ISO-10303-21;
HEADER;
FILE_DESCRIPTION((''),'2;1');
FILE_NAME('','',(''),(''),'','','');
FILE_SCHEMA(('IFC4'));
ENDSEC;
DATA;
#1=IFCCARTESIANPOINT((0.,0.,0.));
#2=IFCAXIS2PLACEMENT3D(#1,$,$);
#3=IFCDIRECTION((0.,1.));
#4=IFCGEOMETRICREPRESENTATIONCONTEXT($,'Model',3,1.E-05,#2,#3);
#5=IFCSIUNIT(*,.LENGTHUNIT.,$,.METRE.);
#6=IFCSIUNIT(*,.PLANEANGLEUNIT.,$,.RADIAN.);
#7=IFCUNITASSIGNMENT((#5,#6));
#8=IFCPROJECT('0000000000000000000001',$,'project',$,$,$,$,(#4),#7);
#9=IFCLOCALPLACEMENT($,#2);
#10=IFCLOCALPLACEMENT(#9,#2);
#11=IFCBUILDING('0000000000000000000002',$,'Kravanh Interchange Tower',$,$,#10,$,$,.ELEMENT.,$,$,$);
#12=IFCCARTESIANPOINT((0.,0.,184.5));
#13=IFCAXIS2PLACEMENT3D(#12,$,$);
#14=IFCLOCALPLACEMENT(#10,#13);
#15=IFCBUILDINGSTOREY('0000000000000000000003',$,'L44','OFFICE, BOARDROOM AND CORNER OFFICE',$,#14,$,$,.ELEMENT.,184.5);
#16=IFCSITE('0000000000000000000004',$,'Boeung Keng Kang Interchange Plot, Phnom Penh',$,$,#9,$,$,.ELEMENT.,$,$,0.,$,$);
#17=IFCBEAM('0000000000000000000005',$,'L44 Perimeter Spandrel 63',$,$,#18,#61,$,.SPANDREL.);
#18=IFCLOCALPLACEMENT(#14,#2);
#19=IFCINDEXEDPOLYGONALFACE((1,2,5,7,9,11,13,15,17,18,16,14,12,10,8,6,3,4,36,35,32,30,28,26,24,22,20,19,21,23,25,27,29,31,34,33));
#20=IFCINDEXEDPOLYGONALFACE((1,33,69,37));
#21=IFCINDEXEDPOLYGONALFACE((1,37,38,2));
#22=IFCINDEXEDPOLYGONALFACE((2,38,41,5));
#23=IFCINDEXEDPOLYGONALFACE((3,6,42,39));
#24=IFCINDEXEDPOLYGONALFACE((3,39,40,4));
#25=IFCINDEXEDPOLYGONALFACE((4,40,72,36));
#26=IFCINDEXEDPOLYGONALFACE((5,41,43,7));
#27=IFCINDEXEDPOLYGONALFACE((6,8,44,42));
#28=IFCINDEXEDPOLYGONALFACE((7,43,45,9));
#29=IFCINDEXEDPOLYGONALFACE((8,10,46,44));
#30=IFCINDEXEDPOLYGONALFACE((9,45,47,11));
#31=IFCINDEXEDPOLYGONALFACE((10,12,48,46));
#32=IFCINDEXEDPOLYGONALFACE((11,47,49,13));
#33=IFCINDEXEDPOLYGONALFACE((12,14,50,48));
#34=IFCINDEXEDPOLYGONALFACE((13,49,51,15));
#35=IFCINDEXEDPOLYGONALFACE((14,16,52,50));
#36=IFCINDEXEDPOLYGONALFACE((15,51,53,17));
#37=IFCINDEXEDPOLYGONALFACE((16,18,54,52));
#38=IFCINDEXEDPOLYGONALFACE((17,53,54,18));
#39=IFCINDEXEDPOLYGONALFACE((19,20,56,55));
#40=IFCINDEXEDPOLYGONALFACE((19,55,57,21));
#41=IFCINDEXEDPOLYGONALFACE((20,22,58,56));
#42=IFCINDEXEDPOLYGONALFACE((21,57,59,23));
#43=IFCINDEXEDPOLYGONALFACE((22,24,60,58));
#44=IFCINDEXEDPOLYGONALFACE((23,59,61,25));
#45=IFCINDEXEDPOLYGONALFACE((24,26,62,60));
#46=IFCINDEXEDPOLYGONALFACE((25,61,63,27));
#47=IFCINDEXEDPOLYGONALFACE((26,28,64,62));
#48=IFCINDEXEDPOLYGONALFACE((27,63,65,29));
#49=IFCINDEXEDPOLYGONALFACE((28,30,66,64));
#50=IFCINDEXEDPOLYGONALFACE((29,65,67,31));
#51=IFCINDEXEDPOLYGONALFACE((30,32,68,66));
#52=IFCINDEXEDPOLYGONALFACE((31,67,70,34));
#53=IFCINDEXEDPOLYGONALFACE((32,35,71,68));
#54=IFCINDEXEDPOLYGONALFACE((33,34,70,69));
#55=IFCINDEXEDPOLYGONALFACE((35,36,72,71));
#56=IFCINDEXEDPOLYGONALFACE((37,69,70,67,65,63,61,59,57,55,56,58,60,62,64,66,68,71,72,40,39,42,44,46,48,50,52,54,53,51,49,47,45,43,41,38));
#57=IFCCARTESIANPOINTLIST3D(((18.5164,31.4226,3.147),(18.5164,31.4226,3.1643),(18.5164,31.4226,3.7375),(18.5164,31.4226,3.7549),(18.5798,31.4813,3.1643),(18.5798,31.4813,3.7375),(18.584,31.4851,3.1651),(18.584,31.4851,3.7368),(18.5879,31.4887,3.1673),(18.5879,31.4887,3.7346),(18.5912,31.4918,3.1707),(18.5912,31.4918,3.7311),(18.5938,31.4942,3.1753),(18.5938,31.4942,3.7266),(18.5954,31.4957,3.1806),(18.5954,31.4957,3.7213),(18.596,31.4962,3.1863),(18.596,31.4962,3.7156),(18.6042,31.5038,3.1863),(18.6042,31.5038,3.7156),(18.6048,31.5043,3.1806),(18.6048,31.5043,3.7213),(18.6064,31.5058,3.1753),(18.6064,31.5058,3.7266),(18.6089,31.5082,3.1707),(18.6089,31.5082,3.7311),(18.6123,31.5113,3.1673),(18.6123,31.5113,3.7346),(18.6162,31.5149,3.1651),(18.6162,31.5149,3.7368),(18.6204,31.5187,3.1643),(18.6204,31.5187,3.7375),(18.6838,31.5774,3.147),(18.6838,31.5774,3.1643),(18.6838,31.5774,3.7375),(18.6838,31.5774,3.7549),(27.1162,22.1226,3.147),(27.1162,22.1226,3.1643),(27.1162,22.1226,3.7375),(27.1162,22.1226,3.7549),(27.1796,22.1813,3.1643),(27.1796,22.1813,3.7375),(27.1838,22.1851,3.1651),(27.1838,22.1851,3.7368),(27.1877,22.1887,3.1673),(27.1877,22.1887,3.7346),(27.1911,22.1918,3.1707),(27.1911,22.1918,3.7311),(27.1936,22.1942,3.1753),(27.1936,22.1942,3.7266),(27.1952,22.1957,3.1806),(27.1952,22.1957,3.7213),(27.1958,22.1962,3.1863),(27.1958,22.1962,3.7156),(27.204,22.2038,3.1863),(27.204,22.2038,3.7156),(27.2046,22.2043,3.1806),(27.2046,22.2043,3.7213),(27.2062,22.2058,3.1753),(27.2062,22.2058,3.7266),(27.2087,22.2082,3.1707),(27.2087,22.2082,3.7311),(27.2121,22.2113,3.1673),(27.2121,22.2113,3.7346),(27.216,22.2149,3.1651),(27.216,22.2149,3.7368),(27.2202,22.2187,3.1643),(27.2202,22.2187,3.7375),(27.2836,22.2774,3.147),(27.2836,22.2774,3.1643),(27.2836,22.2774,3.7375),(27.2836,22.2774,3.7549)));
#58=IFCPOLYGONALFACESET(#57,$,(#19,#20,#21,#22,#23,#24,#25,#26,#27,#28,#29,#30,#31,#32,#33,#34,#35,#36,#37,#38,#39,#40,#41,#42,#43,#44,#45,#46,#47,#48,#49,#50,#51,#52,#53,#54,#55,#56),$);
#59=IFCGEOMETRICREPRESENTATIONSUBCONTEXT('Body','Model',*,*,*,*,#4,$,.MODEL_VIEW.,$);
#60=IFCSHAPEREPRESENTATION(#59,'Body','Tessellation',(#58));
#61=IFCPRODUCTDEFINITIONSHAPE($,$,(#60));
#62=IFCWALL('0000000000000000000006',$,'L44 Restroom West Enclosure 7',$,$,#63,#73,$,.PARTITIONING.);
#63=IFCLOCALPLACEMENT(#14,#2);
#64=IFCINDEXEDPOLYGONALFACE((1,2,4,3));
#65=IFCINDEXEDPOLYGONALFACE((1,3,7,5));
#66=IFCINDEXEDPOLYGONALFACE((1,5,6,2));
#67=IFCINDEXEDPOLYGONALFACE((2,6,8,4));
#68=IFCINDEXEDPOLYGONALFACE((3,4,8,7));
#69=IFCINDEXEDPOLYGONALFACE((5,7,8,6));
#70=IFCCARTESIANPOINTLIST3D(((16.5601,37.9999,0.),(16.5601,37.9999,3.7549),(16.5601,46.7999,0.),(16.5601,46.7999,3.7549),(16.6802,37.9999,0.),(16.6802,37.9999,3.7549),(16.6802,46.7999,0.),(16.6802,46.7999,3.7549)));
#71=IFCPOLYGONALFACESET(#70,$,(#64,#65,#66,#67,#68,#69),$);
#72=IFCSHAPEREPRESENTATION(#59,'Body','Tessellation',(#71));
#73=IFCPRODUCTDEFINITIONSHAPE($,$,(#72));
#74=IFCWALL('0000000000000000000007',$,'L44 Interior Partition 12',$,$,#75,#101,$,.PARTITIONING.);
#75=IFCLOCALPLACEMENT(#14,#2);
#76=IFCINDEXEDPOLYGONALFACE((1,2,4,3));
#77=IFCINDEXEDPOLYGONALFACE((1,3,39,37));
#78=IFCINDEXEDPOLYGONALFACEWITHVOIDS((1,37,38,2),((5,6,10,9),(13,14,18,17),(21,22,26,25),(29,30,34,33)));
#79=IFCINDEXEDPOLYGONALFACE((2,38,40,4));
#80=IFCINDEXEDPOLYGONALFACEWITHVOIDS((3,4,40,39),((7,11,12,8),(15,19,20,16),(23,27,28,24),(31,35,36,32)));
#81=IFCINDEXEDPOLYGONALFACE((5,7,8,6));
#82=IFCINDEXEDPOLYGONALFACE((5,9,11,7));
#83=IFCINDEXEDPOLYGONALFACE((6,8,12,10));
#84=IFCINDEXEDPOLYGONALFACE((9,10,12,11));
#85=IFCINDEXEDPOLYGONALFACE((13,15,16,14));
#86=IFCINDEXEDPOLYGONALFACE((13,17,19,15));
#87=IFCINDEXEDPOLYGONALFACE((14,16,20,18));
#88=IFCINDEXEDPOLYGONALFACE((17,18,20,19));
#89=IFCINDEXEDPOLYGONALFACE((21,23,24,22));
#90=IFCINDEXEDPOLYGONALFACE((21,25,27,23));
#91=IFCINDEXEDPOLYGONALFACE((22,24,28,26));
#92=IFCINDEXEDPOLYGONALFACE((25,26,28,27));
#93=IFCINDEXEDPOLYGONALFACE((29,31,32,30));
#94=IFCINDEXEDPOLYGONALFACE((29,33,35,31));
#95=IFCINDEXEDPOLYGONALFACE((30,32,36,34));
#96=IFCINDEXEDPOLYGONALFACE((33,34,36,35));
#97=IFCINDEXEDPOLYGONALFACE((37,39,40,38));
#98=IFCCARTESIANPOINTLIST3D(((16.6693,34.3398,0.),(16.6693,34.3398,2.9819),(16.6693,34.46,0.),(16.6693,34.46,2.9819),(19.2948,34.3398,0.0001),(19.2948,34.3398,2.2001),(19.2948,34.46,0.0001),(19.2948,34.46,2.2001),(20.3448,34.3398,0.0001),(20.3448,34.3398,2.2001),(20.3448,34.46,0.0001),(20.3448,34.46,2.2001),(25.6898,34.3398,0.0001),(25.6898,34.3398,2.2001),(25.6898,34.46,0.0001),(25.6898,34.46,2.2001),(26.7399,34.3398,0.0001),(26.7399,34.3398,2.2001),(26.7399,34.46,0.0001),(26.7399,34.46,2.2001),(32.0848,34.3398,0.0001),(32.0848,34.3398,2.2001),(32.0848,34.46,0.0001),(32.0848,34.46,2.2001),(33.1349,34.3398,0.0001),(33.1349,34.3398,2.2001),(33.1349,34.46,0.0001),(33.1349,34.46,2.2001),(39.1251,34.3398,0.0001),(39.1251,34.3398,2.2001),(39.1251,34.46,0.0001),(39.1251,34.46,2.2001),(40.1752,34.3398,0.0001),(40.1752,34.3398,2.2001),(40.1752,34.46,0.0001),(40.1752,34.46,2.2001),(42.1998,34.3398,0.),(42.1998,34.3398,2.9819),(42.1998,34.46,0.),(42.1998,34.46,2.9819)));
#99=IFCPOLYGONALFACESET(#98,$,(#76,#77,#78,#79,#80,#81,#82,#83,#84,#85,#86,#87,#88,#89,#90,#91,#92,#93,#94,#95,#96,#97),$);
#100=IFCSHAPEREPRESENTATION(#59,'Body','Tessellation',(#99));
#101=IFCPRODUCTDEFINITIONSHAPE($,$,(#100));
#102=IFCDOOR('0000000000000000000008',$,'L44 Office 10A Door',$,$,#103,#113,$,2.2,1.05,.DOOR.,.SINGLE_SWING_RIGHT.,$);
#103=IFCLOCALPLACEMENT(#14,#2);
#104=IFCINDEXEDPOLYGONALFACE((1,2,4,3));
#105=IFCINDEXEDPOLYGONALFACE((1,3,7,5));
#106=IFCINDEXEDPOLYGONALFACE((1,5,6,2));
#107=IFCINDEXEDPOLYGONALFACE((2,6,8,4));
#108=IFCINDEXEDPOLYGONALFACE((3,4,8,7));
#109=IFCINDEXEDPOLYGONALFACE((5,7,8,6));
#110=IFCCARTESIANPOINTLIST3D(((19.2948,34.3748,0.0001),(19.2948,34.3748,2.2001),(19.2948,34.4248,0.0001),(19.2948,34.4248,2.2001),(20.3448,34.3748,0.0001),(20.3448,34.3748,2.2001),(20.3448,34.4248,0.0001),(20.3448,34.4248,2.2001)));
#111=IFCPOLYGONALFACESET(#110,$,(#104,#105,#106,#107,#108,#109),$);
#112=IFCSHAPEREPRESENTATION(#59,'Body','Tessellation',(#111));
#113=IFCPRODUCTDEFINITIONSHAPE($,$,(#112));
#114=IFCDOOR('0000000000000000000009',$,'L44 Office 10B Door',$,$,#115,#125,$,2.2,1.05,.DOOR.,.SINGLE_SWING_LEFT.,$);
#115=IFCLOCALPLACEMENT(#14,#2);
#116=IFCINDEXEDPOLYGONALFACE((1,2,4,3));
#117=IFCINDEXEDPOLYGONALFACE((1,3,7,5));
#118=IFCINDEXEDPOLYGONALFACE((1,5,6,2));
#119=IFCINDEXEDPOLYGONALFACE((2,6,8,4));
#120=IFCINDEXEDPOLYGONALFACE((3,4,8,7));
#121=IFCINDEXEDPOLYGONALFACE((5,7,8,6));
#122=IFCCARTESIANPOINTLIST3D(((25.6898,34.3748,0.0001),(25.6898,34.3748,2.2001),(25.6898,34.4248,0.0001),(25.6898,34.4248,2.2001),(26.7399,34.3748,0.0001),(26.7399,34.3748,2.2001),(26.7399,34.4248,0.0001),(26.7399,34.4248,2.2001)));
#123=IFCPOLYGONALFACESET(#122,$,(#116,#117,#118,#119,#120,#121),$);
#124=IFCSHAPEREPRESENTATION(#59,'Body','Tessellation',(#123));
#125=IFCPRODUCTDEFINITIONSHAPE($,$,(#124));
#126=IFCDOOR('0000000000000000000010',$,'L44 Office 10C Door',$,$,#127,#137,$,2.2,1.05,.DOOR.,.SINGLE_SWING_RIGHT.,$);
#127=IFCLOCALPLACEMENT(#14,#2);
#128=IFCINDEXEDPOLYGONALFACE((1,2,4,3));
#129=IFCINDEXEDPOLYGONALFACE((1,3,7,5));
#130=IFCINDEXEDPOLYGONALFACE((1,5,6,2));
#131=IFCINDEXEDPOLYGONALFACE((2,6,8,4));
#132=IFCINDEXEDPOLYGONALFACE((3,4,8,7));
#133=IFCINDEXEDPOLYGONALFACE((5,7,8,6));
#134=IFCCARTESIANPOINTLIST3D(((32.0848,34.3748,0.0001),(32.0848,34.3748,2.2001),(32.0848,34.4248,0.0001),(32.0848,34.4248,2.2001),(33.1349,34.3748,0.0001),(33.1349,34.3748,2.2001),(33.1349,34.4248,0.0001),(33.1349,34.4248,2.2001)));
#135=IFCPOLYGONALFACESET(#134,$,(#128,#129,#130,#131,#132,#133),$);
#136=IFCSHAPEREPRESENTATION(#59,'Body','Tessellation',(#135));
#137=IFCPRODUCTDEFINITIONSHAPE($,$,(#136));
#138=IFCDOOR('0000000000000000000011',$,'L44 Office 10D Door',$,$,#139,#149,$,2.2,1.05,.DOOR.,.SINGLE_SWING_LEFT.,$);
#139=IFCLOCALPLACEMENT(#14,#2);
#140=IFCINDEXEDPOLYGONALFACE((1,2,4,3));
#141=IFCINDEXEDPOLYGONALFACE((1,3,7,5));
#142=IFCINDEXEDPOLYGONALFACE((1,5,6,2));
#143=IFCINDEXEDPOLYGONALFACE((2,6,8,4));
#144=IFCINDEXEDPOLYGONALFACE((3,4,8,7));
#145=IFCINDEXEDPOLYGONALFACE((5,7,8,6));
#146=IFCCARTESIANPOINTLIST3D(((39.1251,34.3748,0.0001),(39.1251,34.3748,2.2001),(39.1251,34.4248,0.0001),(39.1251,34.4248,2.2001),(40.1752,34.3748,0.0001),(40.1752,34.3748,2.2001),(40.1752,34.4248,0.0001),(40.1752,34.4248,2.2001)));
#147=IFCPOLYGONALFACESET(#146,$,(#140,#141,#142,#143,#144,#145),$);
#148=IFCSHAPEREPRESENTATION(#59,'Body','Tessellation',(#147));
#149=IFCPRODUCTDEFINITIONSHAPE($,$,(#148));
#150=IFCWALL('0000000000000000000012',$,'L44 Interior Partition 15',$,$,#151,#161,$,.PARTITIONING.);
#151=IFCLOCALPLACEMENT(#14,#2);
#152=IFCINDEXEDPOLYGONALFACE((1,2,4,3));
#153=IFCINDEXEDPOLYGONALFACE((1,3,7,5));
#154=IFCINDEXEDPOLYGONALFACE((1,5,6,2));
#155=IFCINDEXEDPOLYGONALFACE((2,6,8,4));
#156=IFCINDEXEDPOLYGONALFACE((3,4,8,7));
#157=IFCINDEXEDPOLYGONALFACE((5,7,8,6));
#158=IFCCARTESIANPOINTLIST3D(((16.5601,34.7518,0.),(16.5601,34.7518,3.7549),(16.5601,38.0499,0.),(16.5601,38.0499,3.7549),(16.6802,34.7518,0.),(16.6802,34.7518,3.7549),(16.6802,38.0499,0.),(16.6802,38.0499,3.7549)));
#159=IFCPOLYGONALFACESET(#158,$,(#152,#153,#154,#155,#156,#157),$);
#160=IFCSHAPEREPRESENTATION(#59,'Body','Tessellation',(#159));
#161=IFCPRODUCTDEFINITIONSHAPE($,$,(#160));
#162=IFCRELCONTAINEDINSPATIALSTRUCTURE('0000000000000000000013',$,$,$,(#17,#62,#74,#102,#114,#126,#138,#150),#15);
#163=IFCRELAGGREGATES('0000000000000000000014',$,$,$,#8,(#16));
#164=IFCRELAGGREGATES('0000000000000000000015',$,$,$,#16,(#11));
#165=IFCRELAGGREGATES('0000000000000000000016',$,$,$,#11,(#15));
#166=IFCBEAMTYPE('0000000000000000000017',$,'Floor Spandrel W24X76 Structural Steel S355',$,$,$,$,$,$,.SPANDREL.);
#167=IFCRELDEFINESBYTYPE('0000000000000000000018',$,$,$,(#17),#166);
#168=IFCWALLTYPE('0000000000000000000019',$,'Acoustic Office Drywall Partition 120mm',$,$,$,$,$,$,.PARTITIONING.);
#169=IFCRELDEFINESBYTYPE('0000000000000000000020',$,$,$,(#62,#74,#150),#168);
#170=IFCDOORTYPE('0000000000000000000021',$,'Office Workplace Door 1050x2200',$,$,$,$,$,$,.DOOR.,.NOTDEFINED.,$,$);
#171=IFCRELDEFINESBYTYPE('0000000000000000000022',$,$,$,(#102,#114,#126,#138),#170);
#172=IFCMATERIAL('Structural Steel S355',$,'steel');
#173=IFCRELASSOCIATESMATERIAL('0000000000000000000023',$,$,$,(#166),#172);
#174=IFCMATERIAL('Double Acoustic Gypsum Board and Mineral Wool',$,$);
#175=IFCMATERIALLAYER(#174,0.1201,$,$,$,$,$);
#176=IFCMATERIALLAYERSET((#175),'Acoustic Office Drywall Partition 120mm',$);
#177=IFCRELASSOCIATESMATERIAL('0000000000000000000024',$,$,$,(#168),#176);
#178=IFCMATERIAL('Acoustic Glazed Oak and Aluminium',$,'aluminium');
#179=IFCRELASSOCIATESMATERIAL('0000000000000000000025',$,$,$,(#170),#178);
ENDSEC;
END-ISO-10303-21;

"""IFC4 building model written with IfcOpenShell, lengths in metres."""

from ifc_helpers import new_model, si_unit, direction, frame, frame_2d, origin, origin_2d, place, context, subcontext, project, spatial, rectangle, i_section, extrude, material, layer, layer_set, material_profile, profile_set, type_object, element, fill, save


model = new_model("IFC4")

# Units and contexts
model_context = context("Model", 3, precision=1e-05, world=origin(), true_north=direction((0.0, 1.0)))
body_context = subcontext(model_context, "Body", "Model", "MODEL_VIEW")
ifc_project = project(units=[si_unit("LENGTHUNIT", "METRE"), si_unit("PLANEANGLEUNIT", "RADIAN")], contexts=[model_context])

# Site, building, storey
site_placement = place(None, origin())
site = spatial("IfcSite", under=ifc_project, at=site_placement, Name="Boeung Keng Kang Interchange Plot, Phnom Penh", CompositionType="ELEMENT", RefElevation=0.0)
building_placement = place(site_placement, origin())
building = spatial("IfcBuilding", under=site, at=building_placement, Name="Kravanh Interchange Tower", CompositionType="ELEMENT")
storey_placement = place(building_placement, frame((0.0, 0.0, 184.5)))
storey = spatial("IfcBuildingStorey", under=building, at=storey_placement, Name="L44", Description="OFFICE, BOARDROOM AND CORNER OFFICE", CompositionType="ELEMENT", Elevation=184.5)

# Beam
ifc_material_1 = material(Name="Structural Steel S355", Category="steel")
ifc_material_profile_1 = material_profile(ifc_material_1, i_section(OverallWidth=0.228, OverallDepth=0.6079, WebThickness=0.0112, FlangeThickness=0.0173, FilletRadius=0.022, at=origin_2d()), Name="W24X76")
ifc_profile_set_1 = profile_set([ifc_material_profile_1], Name="Structural Steel S355")
beam_type_1 = type_object("IfcBeamType", Name="Floor Spandrel W24X76 Structural Steel S355", PredefinedType="SPANDREL", material=ifc_profile_set_1)
beam_1_placement = place(storey_placement, frame((18.6001, 31.5, 3.4509), z_axis=(0.678927, -0.734205, 0.0), x_axis=(0.734205, 0.678927, 0.0)))
element("IfcBeam", 1, at=beam_1_placement, inside=storey, type_object=beam_type_1, Name="L44 Perimeter Spandrel 63", PredefinedType="SPANDREL", context=body_context, shape_type="SweptSolid", body=[
    extrude(i_section(OverallWidth=0.228, OverallDepth=0.6079, WebThickness=0.0112, FlangeThickness=0.0173, FilletRadius=0.022, at=origin_2d()), origin(), (0.0, 0.0, 1.0), 12.6667),
])

# Shared definitions
ifc_material_2 = material(Name="Double Acoustic Gypsum Board and Mineral Wool")
ifc_layer_1 = layer(ifc_material_2, 0.1201)
ifc_layer_set_1 = layer_set([ifc_layer_1], Name="Acoustic Office Drywall Partition 120mm")
wall_type_1 = type_object("IfcWallType", Name="Acoustic Office Drywall Partition 120mm", PredefinedType="PARTITIONING", material=ifc_layer_set_1)

# Wall
wall_1_placement = place(storey_placement, frame((16.6201, 38.0, 0.0), z_axis=(0.0, 0.0, 1.0), x_axis=(0.0, 1.0, 0.0)))
element("IfcWall", 2, at=wall_1_placement, inside=storey, type_object=wall_type_1, Name="L44 Restroom West Enclosure 7", PredefinedType="PARTITIONING", context=body_context, shape_type="SweptSolid", body=[
    extrude(rectangle(XDim=8.8, YDim=0.1201, at=frame_2d((4.3999, 0.0))), origin(), (0.0, 0.0, 1.0), 3.7549),
])

# Wall, openings, doors
wall_2_placement = place(storey_placement, frame((16.6694, 34.3999, 0.0), z_axis=(0.0, 0.0, 1.0), x_axis=(1.0, 0.0, 0.0)))
wall_2 = element("IfcWall", 3, at=wall_2_placement, inside=storey, type_object=wall_type_1, Name="L44 Interior Partition 12", PredefinedType="PARTITIONING", context=body_context, shape_type="SweptSolid", body=[
    extrude(rectangle(XDim=25.5305, YDim=0.1201, at=frame_2d((12.7651, 0.0))), origin(), (0.0, 0.0, 1.0), 2.9819),
])
opening_1_placement = place(wall_2_placement, frame((2.6255, 0.0, 0.0)))
opening_1 = element("IfcOpeningElement", 4, at=opening_1_placement, cuts=wall_2, PredefinedType="OPENING", context=body_context, shape_type="SweptSolid", body=[
    extrude(rectangle(XDim=1.05, YDim=2.2, at=frame_2d((0.5249, 1.1001))), frame((0.0, 0.0701, 0.0), z_axis=(0.0, -1.0, 0.0), x_axis=(1.0, 0.0, 0.0)), (0.0, 0.0, 1.0), 0.1401),
])
opening_2_placement = place(wall_2_placement, frame((9.0205, 0.0, 0.0)))
opening_2 = element("IfcOpeningElement", 5, at=opening_2_placement, cuts=wall_2, PredefinedType="OPENING", context=body_context, shape_type="SweptSolid", body=[
    extrude(rectangle(XDim=1.05, YDim=2.2, at=frame_2d((0.5249, 1.1001))), frame((0.0, 0.0701, 0.0), z_axis=(0.0, -1.0, 0.0), x_axis=(1.0, 0.0, 0.0)), (0.0, 0.0, 1.0), 0.1401),
])
opening_3_placement = place(wall_2_placement, frame((15.4155, 0.0, 0.0)))
opening_3 = element("IfcOpeningElement", 6, at=opening_3_placement, cuts=wall_2, PredefinedType="OPENING", context=body_context, shape_type="SweptSolid", body=[
    extrude(rectangle(XDim=1.05, YDim=2.2, at=frame_2d((0.5249, 1.1001))), frame((0.0, 0.0701, 0.0), z_axis=(0.0, -1.0, 0.0), x_axis=(1.0, 0.0, 0.0)), (0.0, 0.0, 1.0), 0.1401),
])
opening_4_placement = place(wall_2_placement, frame((22.4558, 0.0, 0.0)))
opening_4 = element("IfcOpeningElement", 7, at=opening_4_placement, cuts=wall_2, PredefinedType="OPENING", context=body_context, shape_type="SweptSolid", body=[
    extrude(rectangle(XDim=1.05, YDim=2.2, at=frame_2d((0.5249, 1.1001))), frame((0.0, 0.0701, 0.0), z_axis=(0.0, -1.0, 0.0), x_axis=(1.0, 0.0, 0.0)), (0.0, 0.0, 1.0), 0.1401),
])
ifc_material_3 = material(Name="Acoustic Glazed Oak and Aluminium", Category="aluminium")
door_type_1 = type_object("IfcDoorType", Name="Office Workplace Door 1050x2200", OperationType="NOTDEFINED", PredefinedType="DOOR", material=ifc_material_3)
door_1_placement = place(opening_1_placement, origin())
door_1 = element("IfcDoor", 8, at=door_1_placement, inside=storey, type_object=door_type_1, Name="L44 Office 10A Door", OperationType="SINGLE_SWING_RIGHT", OverallHeight=2.2, OverallWidth=1.05, PredefinedType="DOOR", context=body_context, shape_type="SweptSolid", body=[
    extrude(rectangle(XDim=1.05, YDim=2.2, at=frame_2d((0.5249, 1.1001))), frame((0.0, 0.0249, 0.0), z_axis=(0.0, -1.0, 0.0), x_axis=(1.0, 0.0, 0.0)), (0.0, 0.0, 1.0), 0.05),
])
fill(opening_1, door_1)
door_2_placement = place(opening_2_placement, origin())
door_2 = element("IfcDoor", 9, at=door_2_placement, inside=storey, type_object=door_type_1, Name="L44 Office 10B Door", OperationType="SINGLE_SWING_LEFT", OverallHeight=2.2, OverallWidth=1.05, PredefinedType="DOOR", context=body_context, shape_type="SweptSolid", body=[
    extrude(rectangle(XDim=1.05, YDim=2.2, at=frame_2d((0.5249, 1.1001))), frame((0.0, 0.0249, 0.0), z_axis=(0.0, -1.0, 0.0), x_axis=(1.0, 0.0, 0.0)), (0.0, 0.0, 1.0), 0.05),
])
fill(opening_2, door_2)
door_3_placement = place(opening_3_placement, origin())
door_3 = element("IfcDoor", 10, at=door_3_placement, inside=storey, type_object=door_type_1, Name="L44 Office 10C Door", OperationType="SINGLE_SWING_RIGHT", OverallHeight=2.2, OverallWidth=1.05, PredefinedType="DOOR", context=body_context, shape_type="SweptSolid", body=[
    extrude(rectangle(XDim=1.05, YDim=2.2, at=frame_2d((0.5249, 1.1001))), frame((0.0, 0.0249, 0.0), z_axis=(0.0, -1.0, 0.0), x_axis=(1.0, 0.0, 0.0)), (0.0, 0.0, 1.0), 0.05),
])
fill(opening_3, door_3)
door_4_placement = place(opening_4_placement, origin())
door_4 = element("IfcDoor", 11, at=door_4_placement, inside=storey, type_object=door_type_1, Name="L44 Office 10D Door", OperationType="SINGLE_SWING_LEFT", OverallHeight=2.2, OverallWidth=1.05, PredefinedType="DOOR", context=body_context, shape_type="SweptSolid", body=[
    extrude(rectangle(XDim=1.05, YDim=2.2, at=frame_2d((0.5249, 1.1001))), frame((0.0, 0.0249, 0.0), z_axis=(0.0, -1.0, 0.0), x_axis=(1.0, 0.0, 0.0)), (0.0, 0.0, 1.0), 0.05),
])
fill(opening_4, door_4)

# Wall
wall_3_placement = place(storey_placement, frame((16.6201, 34.752, 0.0), z_axis=(0.0, 0.0, 1.0), x_axis=(0.0, 1.0, 0.0)))
element("IfcWall", 12, at=wall_3_placement, inside=storey, type_object=wall_type_1, Name="L44 Interior Partition 15", PredefinedType="PARTITIONING", context=body_context, shape_type="SweptSolid", body=[
    extrude(rectangle(XDim=3.2981, YDim=0.1201, at=frame_2d((1.6489, 0.0))), origin(), (0.0, 0.0, 1.0), 3.7549),
])

save(model, "model.ifc")
